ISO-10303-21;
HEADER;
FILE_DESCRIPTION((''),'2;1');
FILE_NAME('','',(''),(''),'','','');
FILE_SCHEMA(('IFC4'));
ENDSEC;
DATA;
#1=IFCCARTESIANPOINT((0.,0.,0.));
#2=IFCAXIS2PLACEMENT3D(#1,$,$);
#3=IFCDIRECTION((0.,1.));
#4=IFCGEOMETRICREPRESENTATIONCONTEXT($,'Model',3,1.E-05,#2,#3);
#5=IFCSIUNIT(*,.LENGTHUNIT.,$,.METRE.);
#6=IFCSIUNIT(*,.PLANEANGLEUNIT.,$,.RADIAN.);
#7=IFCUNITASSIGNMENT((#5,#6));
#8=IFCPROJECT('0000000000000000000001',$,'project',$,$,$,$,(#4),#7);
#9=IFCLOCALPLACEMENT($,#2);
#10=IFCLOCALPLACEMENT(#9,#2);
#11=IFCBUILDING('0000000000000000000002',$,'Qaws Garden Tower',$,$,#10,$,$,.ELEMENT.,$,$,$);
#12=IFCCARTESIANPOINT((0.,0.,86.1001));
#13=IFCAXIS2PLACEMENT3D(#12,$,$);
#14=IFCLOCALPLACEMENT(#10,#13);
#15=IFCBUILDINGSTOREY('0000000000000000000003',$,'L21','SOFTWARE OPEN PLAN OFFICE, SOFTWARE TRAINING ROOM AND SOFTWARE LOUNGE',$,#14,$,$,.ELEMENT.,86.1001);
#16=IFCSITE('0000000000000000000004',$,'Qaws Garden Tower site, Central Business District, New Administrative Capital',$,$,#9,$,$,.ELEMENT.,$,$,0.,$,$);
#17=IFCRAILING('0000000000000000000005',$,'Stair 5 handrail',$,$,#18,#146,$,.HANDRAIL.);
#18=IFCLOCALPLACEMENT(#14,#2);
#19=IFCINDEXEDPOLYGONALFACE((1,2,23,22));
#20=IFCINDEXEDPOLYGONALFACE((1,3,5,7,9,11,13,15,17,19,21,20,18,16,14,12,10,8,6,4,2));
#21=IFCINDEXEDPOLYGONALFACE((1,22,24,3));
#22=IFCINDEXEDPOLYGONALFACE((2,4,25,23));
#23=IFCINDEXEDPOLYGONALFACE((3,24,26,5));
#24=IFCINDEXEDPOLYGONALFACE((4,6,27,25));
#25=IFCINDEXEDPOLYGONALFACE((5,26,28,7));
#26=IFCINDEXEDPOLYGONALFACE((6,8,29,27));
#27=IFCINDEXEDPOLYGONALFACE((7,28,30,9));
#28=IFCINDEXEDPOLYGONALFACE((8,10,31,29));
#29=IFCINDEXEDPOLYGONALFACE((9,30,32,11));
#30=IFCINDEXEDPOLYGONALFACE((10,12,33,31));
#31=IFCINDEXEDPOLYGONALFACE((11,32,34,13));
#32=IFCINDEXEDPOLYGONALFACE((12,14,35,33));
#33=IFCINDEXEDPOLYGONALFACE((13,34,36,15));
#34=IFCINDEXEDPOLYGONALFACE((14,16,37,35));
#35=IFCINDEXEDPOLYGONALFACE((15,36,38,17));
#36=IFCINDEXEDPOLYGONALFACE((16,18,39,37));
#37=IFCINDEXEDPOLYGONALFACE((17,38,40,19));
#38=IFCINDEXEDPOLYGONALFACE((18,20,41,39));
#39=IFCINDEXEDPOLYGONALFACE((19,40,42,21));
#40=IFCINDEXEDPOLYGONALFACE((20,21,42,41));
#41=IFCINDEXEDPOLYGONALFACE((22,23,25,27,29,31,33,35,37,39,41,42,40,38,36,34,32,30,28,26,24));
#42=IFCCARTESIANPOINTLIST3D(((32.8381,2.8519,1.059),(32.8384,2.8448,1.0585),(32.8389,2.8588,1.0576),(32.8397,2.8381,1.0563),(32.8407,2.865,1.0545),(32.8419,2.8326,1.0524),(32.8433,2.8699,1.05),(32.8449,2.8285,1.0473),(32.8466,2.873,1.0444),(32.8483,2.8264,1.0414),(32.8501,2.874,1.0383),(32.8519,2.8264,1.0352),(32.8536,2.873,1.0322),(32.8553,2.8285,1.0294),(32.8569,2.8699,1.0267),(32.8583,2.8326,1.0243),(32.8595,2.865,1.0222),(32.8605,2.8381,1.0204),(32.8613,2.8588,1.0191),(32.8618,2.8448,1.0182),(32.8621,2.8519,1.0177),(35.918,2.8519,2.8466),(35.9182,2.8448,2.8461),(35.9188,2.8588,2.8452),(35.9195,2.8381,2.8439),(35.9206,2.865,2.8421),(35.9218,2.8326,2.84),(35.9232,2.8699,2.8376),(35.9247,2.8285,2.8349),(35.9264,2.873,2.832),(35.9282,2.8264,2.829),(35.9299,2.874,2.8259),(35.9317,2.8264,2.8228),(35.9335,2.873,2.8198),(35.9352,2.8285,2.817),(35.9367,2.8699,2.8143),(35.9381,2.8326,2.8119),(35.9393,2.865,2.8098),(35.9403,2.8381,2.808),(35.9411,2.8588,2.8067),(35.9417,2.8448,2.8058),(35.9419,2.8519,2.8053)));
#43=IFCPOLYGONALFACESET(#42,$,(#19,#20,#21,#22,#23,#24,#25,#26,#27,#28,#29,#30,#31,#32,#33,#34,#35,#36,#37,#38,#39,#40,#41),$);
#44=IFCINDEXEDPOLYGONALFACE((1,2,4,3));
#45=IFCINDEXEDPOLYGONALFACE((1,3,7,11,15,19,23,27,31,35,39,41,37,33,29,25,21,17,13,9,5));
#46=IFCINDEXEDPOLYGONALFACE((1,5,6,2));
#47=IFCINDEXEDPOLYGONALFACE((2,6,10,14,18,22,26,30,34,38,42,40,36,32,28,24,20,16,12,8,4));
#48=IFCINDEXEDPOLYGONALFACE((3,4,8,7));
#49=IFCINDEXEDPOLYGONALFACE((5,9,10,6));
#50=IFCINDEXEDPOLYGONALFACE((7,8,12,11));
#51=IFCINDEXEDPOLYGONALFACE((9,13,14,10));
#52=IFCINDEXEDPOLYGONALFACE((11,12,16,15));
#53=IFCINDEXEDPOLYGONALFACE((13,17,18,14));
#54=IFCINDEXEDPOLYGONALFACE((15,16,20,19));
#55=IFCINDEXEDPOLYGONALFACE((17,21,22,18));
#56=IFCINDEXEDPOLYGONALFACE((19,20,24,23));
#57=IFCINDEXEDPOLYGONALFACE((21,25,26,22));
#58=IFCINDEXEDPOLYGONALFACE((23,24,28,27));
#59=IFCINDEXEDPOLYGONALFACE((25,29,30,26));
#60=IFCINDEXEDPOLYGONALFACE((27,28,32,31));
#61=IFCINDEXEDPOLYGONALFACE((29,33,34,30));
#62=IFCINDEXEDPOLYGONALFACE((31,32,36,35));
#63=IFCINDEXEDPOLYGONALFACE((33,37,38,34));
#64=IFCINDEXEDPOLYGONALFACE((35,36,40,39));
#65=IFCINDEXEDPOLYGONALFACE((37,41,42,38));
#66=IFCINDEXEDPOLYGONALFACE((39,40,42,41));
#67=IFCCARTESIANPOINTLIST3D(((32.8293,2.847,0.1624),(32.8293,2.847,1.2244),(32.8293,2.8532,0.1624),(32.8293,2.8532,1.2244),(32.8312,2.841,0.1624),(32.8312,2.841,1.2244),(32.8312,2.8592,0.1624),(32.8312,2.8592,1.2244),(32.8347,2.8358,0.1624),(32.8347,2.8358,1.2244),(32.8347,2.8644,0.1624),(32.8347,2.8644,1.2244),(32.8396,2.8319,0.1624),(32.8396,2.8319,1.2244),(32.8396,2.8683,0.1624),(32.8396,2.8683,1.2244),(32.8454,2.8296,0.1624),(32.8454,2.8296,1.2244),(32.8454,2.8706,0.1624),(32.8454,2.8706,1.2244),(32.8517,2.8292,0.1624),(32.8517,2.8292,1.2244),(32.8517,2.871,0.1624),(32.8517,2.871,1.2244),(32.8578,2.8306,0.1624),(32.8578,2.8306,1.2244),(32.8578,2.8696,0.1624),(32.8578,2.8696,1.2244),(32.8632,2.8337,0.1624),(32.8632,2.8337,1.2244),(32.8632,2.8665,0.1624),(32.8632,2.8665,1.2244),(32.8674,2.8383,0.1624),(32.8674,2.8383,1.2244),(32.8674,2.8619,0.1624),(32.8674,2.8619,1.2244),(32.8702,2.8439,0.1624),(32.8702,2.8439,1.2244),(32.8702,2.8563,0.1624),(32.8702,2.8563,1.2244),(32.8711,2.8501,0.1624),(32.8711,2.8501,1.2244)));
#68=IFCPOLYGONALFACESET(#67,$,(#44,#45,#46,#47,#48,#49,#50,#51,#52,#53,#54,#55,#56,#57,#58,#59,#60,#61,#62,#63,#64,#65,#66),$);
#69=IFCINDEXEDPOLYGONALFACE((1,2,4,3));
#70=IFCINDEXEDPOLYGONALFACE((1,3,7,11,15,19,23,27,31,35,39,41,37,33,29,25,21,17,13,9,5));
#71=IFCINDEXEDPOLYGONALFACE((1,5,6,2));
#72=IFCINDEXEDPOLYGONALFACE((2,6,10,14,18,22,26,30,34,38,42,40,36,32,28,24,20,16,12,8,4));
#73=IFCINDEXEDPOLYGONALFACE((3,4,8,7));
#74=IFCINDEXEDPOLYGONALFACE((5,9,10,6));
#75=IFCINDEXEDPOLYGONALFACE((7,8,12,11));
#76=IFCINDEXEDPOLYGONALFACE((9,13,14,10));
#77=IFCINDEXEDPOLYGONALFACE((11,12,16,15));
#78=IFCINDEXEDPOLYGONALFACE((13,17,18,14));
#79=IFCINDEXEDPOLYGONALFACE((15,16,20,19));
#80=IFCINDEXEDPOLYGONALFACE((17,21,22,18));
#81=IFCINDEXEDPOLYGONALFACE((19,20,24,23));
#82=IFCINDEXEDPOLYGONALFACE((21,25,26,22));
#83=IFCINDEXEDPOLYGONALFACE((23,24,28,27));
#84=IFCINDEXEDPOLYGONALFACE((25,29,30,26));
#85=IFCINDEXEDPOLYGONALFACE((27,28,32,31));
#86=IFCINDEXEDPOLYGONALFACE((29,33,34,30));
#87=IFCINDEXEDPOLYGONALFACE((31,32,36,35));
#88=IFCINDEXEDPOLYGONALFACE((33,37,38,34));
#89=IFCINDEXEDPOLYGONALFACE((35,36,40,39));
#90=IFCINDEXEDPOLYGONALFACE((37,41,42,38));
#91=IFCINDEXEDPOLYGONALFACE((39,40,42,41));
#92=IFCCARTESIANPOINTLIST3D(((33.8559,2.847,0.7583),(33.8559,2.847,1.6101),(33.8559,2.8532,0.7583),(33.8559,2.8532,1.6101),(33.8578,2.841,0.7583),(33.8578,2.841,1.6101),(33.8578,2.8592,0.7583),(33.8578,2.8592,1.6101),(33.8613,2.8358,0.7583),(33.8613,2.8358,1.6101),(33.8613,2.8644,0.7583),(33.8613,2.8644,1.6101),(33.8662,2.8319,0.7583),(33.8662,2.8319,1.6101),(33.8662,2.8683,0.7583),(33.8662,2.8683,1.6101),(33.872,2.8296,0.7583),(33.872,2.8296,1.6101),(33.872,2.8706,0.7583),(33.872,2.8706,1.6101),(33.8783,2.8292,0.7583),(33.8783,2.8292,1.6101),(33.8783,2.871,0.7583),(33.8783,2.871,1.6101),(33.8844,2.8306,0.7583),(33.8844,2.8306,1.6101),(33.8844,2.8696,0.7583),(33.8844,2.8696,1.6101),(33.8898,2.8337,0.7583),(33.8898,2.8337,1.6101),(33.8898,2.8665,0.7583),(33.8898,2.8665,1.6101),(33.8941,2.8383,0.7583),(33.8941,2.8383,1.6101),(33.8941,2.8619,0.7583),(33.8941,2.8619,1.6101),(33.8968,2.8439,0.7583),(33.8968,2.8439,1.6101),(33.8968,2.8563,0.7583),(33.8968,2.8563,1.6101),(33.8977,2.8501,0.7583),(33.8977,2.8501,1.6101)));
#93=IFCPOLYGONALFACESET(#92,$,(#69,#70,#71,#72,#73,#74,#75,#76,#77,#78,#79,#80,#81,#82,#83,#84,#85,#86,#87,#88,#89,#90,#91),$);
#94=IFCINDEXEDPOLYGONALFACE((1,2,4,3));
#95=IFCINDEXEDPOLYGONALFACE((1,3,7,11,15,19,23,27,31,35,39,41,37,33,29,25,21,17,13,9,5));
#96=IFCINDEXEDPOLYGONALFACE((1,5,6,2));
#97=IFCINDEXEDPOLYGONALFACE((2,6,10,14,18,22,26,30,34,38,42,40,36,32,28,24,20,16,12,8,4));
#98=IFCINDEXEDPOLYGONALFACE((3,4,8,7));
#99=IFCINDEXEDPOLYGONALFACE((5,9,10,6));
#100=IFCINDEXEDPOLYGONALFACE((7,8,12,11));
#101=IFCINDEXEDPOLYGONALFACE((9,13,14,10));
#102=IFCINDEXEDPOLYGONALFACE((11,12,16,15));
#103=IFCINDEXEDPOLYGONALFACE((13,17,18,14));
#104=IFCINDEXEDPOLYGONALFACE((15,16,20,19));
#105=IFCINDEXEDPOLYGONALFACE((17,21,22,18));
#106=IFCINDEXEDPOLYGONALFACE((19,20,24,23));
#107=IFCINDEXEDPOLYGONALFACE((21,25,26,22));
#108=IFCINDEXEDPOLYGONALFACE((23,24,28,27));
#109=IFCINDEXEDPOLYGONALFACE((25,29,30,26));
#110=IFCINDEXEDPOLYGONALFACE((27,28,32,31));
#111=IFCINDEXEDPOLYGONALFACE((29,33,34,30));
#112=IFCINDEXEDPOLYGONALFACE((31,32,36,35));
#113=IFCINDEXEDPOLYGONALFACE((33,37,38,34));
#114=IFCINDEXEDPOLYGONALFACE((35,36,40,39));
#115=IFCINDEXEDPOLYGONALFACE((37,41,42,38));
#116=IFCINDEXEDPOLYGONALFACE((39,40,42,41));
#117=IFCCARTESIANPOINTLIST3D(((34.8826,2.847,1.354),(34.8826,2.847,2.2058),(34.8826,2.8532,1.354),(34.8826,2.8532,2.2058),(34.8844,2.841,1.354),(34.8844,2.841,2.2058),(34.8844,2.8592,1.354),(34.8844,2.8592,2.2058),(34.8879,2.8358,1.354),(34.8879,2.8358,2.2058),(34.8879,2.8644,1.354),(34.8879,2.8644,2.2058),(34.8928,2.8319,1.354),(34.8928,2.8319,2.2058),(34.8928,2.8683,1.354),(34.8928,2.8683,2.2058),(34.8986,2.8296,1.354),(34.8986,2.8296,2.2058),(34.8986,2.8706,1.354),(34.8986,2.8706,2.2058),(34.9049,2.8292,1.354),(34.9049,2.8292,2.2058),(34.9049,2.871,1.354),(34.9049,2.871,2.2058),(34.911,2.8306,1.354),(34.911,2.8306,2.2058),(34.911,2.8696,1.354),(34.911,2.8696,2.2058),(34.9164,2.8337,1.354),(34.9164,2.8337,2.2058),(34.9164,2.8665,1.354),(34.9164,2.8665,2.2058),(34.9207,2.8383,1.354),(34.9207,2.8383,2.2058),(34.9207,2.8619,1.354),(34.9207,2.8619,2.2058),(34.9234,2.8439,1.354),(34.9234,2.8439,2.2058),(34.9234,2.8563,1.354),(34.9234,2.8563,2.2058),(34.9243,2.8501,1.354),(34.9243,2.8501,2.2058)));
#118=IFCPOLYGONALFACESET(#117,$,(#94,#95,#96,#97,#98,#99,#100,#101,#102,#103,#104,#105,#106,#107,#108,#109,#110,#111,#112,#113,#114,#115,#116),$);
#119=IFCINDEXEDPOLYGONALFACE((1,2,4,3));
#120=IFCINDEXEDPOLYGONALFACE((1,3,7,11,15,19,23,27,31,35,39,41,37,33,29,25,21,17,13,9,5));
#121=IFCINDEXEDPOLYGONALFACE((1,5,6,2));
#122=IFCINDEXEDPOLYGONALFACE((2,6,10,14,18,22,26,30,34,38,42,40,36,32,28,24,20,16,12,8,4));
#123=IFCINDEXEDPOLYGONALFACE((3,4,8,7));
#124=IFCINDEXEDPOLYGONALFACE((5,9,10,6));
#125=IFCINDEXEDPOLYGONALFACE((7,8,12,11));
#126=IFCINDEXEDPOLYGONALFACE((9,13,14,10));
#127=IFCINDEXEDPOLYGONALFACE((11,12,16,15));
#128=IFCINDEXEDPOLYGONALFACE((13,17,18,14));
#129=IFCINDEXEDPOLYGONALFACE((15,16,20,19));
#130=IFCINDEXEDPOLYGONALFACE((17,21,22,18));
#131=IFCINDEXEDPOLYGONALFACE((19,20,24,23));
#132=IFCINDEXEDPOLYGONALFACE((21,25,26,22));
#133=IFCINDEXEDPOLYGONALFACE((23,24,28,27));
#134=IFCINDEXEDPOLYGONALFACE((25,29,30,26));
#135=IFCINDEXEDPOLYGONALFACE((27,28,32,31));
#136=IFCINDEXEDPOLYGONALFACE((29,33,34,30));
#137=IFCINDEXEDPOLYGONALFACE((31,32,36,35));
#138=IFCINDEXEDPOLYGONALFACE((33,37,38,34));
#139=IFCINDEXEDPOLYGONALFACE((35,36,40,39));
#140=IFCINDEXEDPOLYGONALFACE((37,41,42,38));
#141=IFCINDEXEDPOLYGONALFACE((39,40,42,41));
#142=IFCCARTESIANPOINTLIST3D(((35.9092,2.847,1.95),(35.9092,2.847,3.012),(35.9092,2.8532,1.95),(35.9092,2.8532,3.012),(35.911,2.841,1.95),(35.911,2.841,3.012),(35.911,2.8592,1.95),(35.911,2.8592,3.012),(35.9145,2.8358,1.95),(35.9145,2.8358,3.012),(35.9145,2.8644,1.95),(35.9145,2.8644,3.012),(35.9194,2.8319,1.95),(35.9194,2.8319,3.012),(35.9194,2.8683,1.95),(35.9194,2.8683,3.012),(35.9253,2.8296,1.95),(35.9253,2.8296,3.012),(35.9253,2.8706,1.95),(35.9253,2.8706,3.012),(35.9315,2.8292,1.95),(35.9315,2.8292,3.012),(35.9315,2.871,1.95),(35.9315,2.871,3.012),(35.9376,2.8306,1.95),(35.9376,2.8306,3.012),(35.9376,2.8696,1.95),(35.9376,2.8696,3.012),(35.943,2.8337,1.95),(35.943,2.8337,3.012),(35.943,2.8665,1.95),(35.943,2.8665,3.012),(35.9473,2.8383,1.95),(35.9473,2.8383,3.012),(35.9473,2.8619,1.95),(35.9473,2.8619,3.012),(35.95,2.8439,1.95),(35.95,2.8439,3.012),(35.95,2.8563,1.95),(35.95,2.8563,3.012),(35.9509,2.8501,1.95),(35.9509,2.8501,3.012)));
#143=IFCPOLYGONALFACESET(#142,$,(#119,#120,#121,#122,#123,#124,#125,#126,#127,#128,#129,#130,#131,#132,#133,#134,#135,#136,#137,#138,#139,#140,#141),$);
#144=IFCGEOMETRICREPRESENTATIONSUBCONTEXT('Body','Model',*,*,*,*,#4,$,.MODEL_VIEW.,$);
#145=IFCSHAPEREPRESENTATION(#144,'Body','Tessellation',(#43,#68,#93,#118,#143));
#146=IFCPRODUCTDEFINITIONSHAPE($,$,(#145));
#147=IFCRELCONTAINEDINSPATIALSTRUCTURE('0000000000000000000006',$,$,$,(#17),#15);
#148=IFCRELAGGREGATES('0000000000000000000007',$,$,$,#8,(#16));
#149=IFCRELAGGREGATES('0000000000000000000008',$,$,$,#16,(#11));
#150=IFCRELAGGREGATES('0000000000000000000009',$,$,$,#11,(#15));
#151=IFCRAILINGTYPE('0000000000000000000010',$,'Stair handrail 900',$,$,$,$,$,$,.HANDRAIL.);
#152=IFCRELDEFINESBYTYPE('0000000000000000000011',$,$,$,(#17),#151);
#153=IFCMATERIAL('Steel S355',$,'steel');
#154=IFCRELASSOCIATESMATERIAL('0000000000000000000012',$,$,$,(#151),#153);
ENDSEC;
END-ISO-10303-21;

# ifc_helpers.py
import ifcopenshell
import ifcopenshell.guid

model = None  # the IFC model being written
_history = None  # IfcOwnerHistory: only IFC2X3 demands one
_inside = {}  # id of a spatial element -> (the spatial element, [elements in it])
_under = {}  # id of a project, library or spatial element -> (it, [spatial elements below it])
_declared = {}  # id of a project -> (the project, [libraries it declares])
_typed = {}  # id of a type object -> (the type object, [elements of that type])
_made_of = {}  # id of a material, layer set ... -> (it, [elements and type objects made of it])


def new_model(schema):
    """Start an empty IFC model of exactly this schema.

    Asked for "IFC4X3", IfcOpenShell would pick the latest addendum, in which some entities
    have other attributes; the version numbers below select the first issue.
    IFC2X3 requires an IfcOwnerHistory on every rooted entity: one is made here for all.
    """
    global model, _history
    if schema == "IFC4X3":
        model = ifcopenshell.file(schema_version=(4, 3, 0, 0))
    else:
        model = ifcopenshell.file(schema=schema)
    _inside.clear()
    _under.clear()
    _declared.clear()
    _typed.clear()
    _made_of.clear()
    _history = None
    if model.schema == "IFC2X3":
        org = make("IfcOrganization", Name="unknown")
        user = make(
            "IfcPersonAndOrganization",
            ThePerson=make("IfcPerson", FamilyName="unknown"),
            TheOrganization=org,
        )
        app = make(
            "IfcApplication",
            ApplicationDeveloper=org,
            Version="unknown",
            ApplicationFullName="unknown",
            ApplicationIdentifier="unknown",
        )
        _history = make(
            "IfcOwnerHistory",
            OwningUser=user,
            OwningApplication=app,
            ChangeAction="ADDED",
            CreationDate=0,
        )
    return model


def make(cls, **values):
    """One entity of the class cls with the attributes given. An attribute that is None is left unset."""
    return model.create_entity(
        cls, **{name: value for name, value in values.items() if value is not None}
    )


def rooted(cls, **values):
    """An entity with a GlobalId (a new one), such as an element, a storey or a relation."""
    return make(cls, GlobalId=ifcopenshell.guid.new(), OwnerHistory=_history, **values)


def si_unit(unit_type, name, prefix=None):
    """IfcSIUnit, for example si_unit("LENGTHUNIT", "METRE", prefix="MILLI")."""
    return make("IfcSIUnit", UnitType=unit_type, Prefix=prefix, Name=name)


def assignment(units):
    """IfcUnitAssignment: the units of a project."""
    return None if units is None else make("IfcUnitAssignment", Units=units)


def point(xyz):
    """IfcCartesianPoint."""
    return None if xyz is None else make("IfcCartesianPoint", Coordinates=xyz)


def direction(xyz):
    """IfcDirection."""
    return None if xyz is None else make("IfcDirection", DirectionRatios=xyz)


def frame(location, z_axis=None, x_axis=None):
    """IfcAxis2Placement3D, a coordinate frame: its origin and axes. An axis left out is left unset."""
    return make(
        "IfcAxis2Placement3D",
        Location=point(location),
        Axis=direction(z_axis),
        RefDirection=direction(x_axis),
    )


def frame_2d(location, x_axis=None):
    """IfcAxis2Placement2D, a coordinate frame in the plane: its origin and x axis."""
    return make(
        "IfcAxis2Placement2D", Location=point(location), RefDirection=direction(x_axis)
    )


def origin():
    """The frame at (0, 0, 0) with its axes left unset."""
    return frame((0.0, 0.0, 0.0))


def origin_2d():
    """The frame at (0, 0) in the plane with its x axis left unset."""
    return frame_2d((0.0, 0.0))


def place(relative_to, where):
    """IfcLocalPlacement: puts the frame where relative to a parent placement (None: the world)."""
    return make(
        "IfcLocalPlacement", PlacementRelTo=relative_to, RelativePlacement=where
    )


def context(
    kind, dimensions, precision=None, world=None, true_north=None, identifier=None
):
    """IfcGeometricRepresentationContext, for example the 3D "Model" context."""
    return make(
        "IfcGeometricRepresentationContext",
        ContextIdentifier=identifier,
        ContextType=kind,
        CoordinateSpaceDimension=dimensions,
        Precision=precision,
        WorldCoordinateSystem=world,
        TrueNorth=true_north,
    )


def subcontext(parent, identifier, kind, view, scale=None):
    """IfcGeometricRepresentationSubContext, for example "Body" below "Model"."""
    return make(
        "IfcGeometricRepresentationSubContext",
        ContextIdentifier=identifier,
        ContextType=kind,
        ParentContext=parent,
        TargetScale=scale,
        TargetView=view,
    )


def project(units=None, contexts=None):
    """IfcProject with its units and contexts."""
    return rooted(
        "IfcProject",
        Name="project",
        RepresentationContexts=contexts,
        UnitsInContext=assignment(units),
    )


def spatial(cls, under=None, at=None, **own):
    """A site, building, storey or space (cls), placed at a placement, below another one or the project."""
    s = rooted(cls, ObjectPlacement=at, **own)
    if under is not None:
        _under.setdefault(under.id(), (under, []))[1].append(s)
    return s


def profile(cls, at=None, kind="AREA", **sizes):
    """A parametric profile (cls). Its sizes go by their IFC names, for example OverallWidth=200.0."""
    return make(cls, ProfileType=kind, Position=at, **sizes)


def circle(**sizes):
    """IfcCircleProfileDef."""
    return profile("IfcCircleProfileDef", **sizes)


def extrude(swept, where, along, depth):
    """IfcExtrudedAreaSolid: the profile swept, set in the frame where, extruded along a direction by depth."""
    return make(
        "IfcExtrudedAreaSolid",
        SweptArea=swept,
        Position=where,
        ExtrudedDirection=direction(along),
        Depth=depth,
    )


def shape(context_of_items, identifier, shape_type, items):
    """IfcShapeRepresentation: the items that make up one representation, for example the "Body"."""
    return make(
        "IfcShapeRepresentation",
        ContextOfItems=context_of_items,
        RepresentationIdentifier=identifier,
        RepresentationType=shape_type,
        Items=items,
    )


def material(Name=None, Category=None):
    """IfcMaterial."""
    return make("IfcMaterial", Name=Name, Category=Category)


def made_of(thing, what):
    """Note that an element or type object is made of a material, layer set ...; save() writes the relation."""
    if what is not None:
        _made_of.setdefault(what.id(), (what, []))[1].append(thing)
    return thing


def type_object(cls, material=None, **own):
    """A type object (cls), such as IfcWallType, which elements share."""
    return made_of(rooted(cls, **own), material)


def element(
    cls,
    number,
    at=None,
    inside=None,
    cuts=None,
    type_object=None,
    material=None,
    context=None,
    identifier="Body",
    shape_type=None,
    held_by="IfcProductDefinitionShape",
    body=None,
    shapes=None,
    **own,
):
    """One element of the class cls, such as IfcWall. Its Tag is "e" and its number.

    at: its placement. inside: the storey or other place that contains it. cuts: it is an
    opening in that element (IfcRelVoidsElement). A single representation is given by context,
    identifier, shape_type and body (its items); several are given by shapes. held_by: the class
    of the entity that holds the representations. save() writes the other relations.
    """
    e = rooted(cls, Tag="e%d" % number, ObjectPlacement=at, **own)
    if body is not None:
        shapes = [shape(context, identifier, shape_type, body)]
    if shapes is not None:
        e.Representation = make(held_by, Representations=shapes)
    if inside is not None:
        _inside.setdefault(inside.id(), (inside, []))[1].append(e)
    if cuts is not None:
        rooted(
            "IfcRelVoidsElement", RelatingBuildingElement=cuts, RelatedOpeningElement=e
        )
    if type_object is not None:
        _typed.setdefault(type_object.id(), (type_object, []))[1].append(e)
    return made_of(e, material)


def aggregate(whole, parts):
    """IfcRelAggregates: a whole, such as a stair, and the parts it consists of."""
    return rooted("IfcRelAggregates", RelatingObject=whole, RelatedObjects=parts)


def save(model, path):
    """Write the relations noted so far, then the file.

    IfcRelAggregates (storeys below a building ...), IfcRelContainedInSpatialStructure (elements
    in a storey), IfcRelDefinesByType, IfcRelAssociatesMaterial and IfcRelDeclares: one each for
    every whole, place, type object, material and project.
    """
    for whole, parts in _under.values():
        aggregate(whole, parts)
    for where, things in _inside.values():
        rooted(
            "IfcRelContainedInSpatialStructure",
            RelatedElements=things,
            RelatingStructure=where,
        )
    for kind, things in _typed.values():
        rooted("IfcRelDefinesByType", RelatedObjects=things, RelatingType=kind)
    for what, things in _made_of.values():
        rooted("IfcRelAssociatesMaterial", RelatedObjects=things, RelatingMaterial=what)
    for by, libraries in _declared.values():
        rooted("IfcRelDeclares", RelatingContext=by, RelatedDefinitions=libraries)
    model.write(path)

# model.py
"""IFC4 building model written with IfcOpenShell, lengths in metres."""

from ifc_helpers import new_model, si_unit, direction, frame, origin, origin_2d, place, context, subcontext, project, spatial, circle, extrude, material, type_object, element, save


model = new_model("IFC4")

# Units and contexts
model_context = context("Model", 3, precision=1e-05, world=origin(), true_north=direction((0.0, 1.0)))
body_context = subcontext(model_context, "Body", "Model", "MODEL_VIEW")
ifc_project = project(units=[si_unit("LENGTHUNIT", "METRE"), si_unit("PLANEANGLEUNIT", "RADIAN")], contexts=[model_context])

# Site, building, storey
site_placement = place(None, origin())
site = spatial("IfcSite", under=ifc_project, at=site_placement, Name="Qaws Garden Tower site, Central Business District, New Administrative Capital", CompositionType="ELEMENT", RefElevation=0.0)
building_placement = place(site_placement, origin())
building = spatial("IfcBuilding", under=site, at=building_placement, Name="Qaws Garden Tower", CompositionType="ELEMENT")
storey_placement = place(building_placement, frame((0.0, 0.0, 86.1001)))
storey = spatial("IfcBuildingStorey", under=building, at=storey_placement, Name="L21", Description="SOFTWARE OPEN PLAN OFFICE, SOFTWARE TRAINING ROOM AND SOFTWARE LOUNGE", CompositionType="ELEMENT", Elevation=86.1001)

# Railing
ifc_material_1 = material(Name="Steel S355", Category="steel")
railing_type = type_object("IfcRailingType", Name="Stair handrail 900", PredefinedType="HANDRAIL", material=ifc_material_1)
railing_placement = place(storey_placement, frame((32.8501, 2.8501, 0.1624)))
element("IfcRailing", 1, at=railing_placement, inside=storey, type_object=railing_type, Name="Stair 5 handrail", PredefinedType="HANDRAIL", context=body_context, shape_type="SweptSolid", body=[
    extrude(circle(Radius=0.0239, at=origin_2d()), frame((0.0, 0.0, 0.876), z_axis=(0.864873, 0.0, 0.50199), x_axis=(0.0, 1.0, 0.0)), (0.0, 0.0, 1.0), 3.561),
    extrude(circle(Radius=0.021, at=origin_2d()), origin(), (0.0, 0.0, 1.0), 1.062),
    extrude(circle(Radius=0.021, at=origin_2d()), frame((1.0266, 0.0, 0.5959)), (0.0, 0.0, 1.0), 0.8518),
    extrude(circle(Radius=0.021, at=origin_2d()), frame((2.0532, 0.0, 1.1917)), (0.0, 0.0, 1.0), 0.8518),
    extrude(circle(Radius=0.021, at=origin_2d()), frame((3.0798, 0.0, 1.7876)), (0.0, 0.0, 1.0), 1.062),
])

save(model, "model.ifc")
